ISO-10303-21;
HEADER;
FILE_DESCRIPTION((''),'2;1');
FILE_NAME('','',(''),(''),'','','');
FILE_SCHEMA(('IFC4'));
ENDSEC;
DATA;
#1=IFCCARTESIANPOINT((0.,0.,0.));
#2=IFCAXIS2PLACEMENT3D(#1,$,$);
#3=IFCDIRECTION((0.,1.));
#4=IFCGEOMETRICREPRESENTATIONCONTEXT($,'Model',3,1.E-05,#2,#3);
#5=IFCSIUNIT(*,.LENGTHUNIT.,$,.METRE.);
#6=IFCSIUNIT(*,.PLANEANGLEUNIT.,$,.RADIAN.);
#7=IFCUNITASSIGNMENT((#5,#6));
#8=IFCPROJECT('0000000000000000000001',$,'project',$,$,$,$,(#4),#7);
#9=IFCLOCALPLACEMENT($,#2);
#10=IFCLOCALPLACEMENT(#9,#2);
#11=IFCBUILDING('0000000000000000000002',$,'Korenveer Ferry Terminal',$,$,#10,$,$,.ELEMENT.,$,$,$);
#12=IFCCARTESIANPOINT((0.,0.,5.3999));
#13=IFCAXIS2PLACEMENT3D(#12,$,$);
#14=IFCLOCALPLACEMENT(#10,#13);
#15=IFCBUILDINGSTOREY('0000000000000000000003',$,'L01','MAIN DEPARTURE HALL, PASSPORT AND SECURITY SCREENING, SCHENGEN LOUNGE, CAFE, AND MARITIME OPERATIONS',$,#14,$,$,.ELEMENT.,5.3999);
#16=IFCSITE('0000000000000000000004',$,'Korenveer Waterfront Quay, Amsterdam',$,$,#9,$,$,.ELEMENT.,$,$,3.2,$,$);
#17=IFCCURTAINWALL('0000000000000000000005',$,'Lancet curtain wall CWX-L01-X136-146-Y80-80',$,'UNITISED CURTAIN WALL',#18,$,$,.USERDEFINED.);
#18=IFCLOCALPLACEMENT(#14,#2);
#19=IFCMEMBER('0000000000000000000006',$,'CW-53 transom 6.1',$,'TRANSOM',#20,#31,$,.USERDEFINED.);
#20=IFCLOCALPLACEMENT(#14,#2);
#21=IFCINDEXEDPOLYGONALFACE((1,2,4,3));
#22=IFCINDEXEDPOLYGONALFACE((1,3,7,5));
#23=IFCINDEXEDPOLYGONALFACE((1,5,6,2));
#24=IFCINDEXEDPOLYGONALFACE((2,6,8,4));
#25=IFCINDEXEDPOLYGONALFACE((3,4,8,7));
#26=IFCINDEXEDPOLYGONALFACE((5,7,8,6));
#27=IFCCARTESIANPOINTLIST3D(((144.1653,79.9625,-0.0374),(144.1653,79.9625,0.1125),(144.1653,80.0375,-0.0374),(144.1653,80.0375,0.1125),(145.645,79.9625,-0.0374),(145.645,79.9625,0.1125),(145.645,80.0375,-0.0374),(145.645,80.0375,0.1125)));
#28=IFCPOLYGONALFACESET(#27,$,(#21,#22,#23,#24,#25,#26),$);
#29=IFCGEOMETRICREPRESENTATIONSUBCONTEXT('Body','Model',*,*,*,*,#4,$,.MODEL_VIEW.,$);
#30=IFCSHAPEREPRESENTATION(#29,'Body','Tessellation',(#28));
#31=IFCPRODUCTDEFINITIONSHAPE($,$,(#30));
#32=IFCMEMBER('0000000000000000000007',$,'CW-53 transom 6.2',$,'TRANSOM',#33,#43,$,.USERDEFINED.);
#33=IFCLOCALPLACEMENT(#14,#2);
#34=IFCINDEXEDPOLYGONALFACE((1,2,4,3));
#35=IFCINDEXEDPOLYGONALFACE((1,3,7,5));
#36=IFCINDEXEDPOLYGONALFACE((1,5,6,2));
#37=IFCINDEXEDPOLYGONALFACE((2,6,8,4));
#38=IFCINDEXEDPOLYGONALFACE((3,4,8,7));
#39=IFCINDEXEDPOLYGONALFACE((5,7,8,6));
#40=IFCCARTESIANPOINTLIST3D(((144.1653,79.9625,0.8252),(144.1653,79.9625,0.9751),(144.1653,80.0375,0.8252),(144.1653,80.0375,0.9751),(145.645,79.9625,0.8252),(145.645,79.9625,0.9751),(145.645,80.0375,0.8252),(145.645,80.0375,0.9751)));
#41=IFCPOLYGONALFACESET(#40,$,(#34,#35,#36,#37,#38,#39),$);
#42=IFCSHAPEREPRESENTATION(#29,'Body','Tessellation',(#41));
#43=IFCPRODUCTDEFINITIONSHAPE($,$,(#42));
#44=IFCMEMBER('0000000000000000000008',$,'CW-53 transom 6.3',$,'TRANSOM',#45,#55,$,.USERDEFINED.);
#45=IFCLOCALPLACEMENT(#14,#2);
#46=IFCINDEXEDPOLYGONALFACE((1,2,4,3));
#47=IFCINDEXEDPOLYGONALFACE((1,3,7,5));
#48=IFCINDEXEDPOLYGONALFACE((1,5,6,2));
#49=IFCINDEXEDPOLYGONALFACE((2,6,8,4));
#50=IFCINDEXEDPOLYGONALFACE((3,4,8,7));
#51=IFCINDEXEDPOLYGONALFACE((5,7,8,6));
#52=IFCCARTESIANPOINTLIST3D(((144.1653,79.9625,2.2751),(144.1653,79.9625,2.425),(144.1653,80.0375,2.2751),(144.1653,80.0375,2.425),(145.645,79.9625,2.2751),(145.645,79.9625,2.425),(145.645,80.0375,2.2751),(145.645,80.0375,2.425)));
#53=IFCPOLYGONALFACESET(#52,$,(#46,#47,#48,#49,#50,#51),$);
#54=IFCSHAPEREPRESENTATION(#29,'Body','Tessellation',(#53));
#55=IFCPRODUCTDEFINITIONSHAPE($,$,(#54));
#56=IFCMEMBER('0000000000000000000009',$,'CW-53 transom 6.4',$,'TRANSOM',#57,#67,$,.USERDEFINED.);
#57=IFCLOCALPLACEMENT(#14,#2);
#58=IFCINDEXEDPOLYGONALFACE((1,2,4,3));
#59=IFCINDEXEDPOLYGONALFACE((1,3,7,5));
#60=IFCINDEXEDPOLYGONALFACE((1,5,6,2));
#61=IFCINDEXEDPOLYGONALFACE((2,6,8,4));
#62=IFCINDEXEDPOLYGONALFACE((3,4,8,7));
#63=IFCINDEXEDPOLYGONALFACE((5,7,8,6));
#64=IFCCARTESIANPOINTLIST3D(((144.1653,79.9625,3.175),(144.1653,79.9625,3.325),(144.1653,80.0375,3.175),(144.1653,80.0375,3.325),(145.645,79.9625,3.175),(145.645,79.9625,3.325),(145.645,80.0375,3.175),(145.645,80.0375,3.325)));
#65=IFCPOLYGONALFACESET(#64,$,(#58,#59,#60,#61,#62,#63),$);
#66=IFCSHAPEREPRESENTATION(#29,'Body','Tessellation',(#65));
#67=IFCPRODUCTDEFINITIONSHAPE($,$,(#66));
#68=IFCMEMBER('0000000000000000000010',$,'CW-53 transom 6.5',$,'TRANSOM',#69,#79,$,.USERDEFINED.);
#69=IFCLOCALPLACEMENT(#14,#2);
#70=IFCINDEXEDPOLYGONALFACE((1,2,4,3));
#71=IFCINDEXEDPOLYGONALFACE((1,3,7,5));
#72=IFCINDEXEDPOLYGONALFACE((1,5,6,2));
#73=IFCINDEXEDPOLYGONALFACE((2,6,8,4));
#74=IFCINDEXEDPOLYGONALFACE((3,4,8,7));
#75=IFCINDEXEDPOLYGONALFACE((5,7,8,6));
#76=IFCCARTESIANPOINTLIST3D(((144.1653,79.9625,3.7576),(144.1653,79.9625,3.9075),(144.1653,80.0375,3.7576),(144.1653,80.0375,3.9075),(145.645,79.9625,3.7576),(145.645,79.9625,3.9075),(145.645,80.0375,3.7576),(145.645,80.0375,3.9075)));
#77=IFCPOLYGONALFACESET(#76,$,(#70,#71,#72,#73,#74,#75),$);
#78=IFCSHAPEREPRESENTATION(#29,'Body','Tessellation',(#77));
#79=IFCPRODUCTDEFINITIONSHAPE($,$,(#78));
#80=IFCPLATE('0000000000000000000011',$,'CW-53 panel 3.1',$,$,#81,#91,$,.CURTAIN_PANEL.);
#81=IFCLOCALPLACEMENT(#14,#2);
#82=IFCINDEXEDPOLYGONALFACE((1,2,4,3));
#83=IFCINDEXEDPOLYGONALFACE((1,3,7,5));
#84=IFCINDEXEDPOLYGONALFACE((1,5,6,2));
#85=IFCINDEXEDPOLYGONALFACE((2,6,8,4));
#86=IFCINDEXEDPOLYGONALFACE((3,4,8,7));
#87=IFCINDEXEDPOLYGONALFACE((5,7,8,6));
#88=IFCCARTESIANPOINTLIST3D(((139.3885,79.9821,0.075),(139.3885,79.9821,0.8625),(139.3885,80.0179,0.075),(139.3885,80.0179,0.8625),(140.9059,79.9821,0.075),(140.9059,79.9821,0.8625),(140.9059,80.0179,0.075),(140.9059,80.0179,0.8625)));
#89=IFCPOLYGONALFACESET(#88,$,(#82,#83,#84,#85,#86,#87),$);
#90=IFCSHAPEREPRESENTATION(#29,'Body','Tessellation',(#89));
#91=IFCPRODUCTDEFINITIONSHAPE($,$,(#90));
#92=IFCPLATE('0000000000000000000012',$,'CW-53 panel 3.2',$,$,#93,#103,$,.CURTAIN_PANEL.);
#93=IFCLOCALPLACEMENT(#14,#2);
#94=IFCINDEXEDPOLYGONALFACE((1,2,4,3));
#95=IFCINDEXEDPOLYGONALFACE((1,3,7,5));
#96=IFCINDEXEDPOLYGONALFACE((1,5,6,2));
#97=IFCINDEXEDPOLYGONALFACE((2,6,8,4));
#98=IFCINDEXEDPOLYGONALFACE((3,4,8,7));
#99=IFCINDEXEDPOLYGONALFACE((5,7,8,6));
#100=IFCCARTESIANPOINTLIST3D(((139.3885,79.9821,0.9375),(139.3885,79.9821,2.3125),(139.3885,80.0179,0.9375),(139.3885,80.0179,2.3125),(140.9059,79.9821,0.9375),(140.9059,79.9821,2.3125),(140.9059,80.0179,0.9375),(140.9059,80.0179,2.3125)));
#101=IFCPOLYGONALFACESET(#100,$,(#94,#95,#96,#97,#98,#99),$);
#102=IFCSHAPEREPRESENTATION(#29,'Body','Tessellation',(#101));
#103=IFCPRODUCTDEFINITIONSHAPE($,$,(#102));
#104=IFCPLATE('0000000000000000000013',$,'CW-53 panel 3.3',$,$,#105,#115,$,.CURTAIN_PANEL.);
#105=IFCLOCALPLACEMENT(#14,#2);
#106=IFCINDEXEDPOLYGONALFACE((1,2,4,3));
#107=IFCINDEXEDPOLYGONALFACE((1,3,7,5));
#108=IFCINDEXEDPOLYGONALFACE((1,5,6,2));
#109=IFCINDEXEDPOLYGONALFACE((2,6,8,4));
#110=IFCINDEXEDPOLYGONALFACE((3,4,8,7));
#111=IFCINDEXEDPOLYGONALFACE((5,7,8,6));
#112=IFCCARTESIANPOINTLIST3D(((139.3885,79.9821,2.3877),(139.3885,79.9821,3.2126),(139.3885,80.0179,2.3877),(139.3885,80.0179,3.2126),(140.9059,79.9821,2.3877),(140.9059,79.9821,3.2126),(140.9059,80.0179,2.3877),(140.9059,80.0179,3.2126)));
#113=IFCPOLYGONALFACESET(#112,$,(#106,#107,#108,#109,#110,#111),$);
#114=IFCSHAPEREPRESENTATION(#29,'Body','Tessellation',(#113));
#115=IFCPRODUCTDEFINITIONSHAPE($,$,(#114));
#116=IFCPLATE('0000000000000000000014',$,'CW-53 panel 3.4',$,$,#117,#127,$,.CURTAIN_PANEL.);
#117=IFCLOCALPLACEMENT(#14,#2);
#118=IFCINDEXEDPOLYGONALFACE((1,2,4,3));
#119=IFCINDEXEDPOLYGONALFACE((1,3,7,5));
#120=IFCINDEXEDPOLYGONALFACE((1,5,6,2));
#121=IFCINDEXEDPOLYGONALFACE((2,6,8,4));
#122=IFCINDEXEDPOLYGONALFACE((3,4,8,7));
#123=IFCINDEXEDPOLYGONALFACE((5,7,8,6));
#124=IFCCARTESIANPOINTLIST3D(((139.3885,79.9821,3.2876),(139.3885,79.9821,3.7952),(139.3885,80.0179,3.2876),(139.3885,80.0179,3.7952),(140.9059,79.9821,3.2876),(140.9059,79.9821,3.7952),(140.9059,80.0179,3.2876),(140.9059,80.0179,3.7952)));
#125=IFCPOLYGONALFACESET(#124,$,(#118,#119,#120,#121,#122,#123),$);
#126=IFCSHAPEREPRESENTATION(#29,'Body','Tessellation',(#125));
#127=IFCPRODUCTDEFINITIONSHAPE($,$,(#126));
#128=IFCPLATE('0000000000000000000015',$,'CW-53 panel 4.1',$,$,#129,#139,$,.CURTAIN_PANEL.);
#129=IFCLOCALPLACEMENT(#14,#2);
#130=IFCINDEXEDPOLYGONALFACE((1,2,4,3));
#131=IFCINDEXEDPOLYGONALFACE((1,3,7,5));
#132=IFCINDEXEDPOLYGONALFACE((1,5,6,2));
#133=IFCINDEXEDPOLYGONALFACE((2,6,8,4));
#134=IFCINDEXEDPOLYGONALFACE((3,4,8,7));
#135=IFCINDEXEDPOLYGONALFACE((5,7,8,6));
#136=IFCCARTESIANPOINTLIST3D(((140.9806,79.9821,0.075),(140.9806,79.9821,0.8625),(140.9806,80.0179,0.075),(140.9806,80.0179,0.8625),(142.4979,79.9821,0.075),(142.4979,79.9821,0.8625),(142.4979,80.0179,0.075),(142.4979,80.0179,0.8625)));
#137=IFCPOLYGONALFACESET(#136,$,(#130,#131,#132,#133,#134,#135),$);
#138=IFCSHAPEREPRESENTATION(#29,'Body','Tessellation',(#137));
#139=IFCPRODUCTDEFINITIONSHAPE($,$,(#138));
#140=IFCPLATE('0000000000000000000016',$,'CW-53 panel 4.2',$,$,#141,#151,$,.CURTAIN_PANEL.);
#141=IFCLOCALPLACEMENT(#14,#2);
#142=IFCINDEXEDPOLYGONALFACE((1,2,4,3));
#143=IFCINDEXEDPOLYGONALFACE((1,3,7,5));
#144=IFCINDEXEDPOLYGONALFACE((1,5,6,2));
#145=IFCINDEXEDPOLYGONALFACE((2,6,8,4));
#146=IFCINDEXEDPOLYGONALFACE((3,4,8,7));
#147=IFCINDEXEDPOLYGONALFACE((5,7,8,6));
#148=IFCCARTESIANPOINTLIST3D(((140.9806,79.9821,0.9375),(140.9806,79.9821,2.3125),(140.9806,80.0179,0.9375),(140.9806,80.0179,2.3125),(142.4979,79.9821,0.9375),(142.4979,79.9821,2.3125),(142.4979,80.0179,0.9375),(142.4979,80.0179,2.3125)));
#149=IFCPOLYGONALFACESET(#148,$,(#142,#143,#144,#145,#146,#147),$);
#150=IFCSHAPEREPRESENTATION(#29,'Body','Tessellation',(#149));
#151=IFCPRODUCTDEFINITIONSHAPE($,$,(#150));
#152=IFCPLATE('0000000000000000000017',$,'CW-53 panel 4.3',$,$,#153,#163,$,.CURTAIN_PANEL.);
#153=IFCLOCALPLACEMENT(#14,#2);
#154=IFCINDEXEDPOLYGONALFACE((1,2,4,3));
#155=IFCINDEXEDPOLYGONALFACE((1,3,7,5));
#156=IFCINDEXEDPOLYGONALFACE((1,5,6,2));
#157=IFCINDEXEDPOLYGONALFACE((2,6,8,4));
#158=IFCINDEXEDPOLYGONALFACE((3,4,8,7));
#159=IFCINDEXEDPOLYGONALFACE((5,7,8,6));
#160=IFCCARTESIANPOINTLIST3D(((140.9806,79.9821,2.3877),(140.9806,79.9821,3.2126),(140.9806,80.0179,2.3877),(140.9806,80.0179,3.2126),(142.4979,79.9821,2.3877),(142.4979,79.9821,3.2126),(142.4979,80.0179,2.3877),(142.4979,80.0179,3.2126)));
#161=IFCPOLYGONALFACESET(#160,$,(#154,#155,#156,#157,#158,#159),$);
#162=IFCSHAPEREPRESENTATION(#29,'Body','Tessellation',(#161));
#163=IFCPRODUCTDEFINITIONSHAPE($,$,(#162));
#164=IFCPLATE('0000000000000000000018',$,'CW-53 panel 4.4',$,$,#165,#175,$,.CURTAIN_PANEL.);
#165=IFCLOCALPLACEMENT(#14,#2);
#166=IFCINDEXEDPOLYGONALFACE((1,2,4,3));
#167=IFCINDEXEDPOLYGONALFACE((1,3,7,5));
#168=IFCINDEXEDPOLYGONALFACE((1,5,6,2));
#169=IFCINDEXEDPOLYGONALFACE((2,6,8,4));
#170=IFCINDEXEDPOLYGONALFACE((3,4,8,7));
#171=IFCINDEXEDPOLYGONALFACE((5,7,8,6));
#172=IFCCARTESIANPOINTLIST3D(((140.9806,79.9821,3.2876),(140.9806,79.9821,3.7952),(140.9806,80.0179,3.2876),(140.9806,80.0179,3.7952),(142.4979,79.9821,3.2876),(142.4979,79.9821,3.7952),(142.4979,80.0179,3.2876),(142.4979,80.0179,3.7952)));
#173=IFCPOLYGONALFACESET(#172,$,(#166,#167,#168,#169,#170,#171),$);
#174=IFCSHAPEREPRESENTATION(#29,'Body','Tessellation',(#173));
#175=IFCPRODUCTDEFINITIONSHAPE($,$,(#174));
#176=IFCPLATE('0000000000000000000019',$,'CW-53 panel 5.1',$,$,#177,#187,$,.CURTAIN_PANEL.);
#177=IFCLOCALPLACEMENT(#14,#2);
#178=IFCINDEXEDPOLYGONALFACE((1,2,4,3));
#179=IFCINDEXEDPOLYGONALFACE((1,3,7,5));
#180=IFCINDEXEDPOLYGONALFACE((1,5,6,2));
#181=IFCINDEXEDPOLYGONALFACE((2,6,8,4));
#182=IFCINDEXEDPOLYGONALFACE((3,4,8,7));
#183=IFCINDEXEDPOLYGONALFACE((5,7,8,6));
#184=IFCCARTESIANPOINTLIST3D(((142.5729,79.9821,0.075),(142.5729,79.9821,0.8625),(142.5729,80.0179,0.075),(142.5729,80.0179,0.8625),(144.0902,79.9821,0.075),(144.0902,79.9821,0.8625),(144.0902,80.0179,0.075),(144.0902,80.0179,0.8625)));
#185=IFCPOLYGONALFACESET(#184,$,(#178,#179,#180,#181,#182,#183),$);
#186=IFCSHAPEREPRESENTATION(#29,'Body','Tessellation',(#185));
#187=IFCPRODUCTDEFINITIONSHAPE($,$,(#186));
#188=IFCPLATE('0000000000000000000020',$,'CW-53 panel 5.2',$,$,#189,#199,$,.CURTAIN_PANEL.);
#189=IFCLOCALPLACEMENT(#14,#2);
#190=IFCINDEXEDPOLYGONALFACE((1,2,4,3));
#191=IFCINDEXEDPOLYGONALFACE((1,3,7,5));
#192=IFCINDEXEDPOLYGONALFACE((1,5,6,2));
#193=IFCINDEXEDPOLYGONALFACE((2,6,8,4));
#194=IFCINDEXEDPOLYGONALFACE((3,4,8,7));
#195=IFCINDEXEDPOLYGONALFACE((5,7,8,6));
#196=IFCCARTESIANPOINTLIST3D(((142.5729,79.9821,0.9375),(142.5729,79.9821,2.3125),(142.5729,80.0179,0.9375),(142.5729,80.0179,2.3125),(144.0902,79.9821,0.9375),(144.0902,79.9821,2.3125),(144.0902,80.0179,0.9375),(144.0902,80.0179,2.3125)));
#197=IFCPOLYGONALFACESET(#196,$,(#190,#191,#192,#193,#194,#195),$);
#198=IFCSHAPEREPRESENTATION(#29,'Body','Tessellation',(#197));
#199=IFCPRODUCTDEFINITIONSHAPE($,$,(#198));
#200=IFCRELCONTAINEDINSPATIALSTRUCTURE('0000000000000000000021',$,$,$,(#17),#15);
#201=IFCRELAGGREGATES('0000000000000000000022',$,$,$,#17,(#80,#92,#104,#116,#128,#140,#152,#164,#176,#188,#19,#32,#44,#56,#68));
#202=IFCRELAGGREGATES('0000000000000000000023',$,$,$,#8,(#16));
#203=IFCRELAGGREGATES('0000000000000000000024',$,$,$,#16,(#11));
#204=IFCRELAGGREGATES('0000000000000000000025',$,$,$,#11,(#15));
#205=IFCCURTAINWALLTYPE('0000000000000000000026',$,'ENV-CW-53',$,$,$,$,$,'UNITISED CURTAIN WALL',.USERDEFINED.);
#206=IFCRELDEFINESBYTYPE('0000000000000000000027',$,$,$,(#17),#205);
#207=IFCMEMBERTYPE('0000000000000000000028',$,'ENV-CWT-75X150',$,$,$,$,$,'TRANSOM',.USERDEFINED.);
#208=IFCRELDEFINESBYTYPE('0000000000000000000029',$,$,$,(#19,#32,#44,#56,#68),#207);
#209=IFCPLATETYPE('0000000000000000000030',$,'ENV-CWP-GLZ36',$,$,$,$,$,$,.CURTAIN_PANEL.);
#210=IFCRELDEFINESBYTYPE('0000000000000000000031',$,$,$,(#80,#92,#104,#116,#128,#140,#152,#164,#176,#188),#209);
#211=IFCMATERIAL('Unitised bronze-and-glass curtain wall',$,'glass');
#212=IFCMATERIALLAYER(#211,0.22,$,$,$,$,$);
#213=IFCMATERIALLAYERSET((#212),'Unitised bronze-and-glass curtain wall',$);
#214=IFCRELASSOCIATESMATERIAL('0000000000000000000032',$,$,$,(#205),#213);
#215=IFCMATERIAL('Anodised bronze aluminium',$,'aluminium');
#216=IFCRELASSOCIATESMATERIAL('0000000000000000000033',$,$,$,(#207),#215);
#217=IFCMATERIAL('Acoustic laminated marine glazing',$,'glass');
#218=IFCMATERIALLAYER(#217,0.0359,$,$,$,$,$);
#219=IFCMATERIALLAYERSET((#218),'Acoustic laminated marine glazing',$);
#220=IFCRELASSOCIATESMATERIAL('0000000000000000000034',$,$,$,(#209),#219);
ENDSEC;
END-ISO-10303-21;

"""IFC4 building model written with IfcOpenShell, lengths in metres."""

from ifc_helpers import new_model, si_unit, direction, frame, origin, origin_2d, place, context, subcontext, project, spatial, rectangle, extrude, material, layer, layer_set, material_profile, profile_set, type_object, element, aggregate, save


model = new_model("IFC4")

# Units and contexts
model_context = context("Model", 3, precision=1e-05, world=origin(), true_north=direction((0.0, 1.0)))
body_context = subcontext(model_context, "Body", "Model", "MODEL_VIEW")
ifc_project = project(units=[si_unit("LENGTHUNIT", "METRE"), si_unit("PLANEANGLEUNIT", "RADIAN")], contexts=[model_context])

# Site, building, storey
site_placement = place(None, origin())
site = spatial("IfcSite", under=ifc_project, at=site_placement, Name="Korenveer Waterfront Quay, Amsterdam", CompositionType="ELEMENT", RefElevation=3.2)
building_placement = place(site_placement, origin())
building = spatial("IfcBuilding", under=site, at=building_placement, Name="Korenveer Ferry Terminal", CompositionType="ELEMENT")
storey_placement = place(building_placement, frame((0.0, 0.0, 5.3999)))
storey = spatial("IfcBuildingStorey", under=building, at=storey_placement, Name="L01", Description="MAIN DEPARTURE HALL, PASSPORT AND SECURITY SCREENING, SCHENGEN LOUNGE, CAFE, AND MARITIME OPERATIONS", CompositionType="ELEMENT", Elevation=5.3999)

# Curtain wall, members, plates
ifc_material_1 = material(Name="Unitised bronze-and-glass curtain wall", Category="glass")
ifc_layer_1 = layer(ifc_material_1, 0.22)
ifc_layer_set_1 = layer_set([ifc_layer_1], Name="Unitised bronze-and-glass curtain wall")
curtain_wall_type = type_object("IfcCurtainWallType", Name="ENV-CW-53", ElementType="UNITISED CURTAIN WALL", PredefinedType="USERDEFINED", material=ifc_layer_set_1)
curtain_wall_placement = place(storey_placement, frame((136.1665, 80.0, 0.0)))
curtain_wall = element("IfcCurtainWall", 1, at=curtain_wall_placement, inside=storey, type_object=curtain_wall_type, Name="Lancet curtain wall CWX-L01-X136-146-Y80-80", ObjectType="UNITISED CURTAIN WALL", PredefinedType="USERDEFINED")
ifc_material_2 = material(Name="Anodised bronze aluminium", Category="aluminium")
ifc_material_profile_1 = material_profile(ifc_material_2, rectangle(XDim=0.075, YDim=0.1499, at=origin_2d()), Name="ALU 75x150")
ifc_profile_set_1 = profile_set([ifc_material_profile_1], Name="Anodised bronze aluminium")
member_type_1 = type_object("IfcMemberType", Name="ENV-CWT-75X150", ElementType="TRANSOM", PredefinedType="USERDEFINED", material=ifc_profile_set_1)
member_1_placement = place(storey_placement, frame((144.1653, 80.0, 0.0376), z_axis=(1.0, 0.0, 0.0), x_axis=(0.0, 1.0, 0.0)))
member_1 = element("IfcMember", 2, at=member_1_placement, type_object=member_type_1, Name="CW-53 transom 6.1", ObjectType="TRANSOM", PredefinedType="USERDEFINED", context=body_context, shape_type="SweptSolid", body=[
    extrude(rectangle(XDim=0.075, YDim=0.1499, at=origin_2d()), origin(), (0.0, 0.0, 1.0), 1.4797),
])
member_2_placement = place(storey_placement, frame((144.1653, 80.0, 0.9001), z_axis=(1.0, 0.0, 0.0), x_axis=(0.0, 1.0, 0.0)))
member_2 = element("IfcMember", 3, at=member_2_placement, type_object=member_type_1, Name="CW-53 transom 6.2", ObjectType="TRANSOM", PredefinedType="USERDEFINED", context=body_context, shape_type="SweptSolid", body=[
    extrude(rectangle(XDim=0.075, YDim=0.1499, at=origin_2d()), origin(), (0.0, 0.0, 1.0), 1.4797),
])
member_3_placement = place(storey_placement, frame((144.1653, 80.0, 2.3501), z_axis=(1.0, 0.0, 0.0), x_axis=(0.0, 1.0, 0.0)))
member_3 = element("IfcMember", 4, at=member_3_placement, type_object=member_type_1, Name="CW-53 transom 6.3", ObjectType="TRANSOM", PredefinedType="USERDEFINED", context=body_context, shape_type="SweptSolid", body=[
    extrude(rectangle(XDim=0.075, YDim=0.1499, at=origin_2d()), origin(), (0.0, 0.0, 1.0), 1.4797),
])
member_4_placement = place(storey_placement, frame((144.1653, 80.0, 3.25), z_axis=(1.0, 0.0, 0.0), x_axis=(0.0, 1.0, 0.0)))
member_4 = element("IfcMember", 5, at=member_4_placement, type_object=member_type_1, Name="CW-53 transom 6.4", ObjectType="TRANSOM", PredefinedType="USERDEFINED", context=body_context, shape_type="SweptSolid", body=[
    extrude(rectangle(XDim=0.075, YDim=0.1499, at=origin_2d()), origin(), (0.0, 0.0, 1.0), 1.4797),
])
member_5_placement = place(storey_placement, frame((144.1653, 80.0, 3.8325), z_axis=(1.0, 0.0, 0.0), x_axis=(0.0, 1.0, 0.0)))
member_5 = element("IfcMember", 6, at=member_5_placement, type_object=member_type_1, Name="CW-53 transom 6.5", ObjectType="TRANSOM", PredefinedType="USERDEFINED", context=body_context, shape_type="SweptSolid", body=[
    extrude(rectangle(XDim=0.075, YDim=0.1499, at=origin_2d()), origin(), (0.0, 0.0, 1.0), 1.4797),
])
ifc_material_3 = material(Name="Acoustic laminated marine glazing", Category="glass")
ifc_layer_2 = layer(ifc_material_3, 0.0359)
ifc_layer_set_2 = layer_set([ifc_layer_2], Name="Acoustic laminated marine glazing")
plate_type = type_object("IfcPlateType", Name="ENV-CWP-GLZ36", PredefinedType="CURTAIN_PANEL", material=ifc_layer_set_2)
plate_1_placement = place(storey_placement, frame((140.1472, 80.0, 0.075), z_axis=(0.0, 0.0, 1.0), x_axis=(1.0, 0.0, 0.0)))
plate_1 = element("IfcPlate", 7, at=plate_1_placement, type_object=plate_type, Name="CW-53 panel 3.1", PredefinedType="CURTAIN_PANEL", context=body_context, shape_type="SweptSolid", body=[
    extrude(rectangle(XDim=1.5173, YDim=0.0359, at=origin_2d()), origin(), (0.0, 0.0, 1.0), 0.7876),
])
plate_2_placement = place(storey_placement, frame((140.1472, 80.0, 0.9375), z_axis=(0.0, 0.0, 1.0), x_axis=(1.0, 0.0, 0.0)))
plate_2 = element("IfcPlate", 8, at=plate_2_placement, type_object=plate_type, Name="CW-53 panel 3.2", PredefinedType="CURTAIN_PANEL", context=body_context, shape_type="SweptSolid", body=[
    extrude(rectangle(XDim=1.5173, YDim=0.0359, at=origin_2d()), origin(), (0.0, 0.0, 1.0), 1.375),
])
plate_3_placement = place(storey_placement, frame((140.1472, 80.0, 2.3877), z_axis=(0.0, 0.0, 1.0), x_axis=(1.0, 0.0, 0.0)))
plate_3 = element("IfcPlate", 9, at=plate_3_placement, type_object=plate_type, Name="CW-53 panel 3.3", PredefinedType="CURTAIN_PANEL", context=body_context, shape_type="SweptSolid", body=[
    extrude(rectangle(XDim=1.5173, YDim=0.0359, at=origin_2d()), origin(), (0.0, 0.0, 1.0), 0.825),
])
plate_4_placement = place(storey_placement, frame((140.1472, 80.0, 3.2876), z_axis=(0.0, 0.0, 1.0), x_axis=(1.0, 0.0, 0.0)))
plate_4 = element("IfcPlate", 10, at=plate_4_placement, type_object=plate_type, Name="CW-53 panel 3.4", PredefinedType="CURTAIN_PANEL", context=body_context, shape_type="SweptSolid", body=[
    extrude(rectangle(XDim=1.5173, YDim=0.0359, at=origin_2d()), origin(), (0.0, 0.0, 1.0), 0.5076),
])
plate_5_placement = place(storey_placement, frame((141.7393, 80.0, 0.075), z_axis=(0.0, 0.0, 1.0), x_axis=(1.0, 0.0, 0.0)))
plate_5 = element("IfcPlate", 11, at=plate_5_placement, type_object=plate_type, Name="CW-53 panel 4.1", PredefinedType="CURTAIN_PANEL", context=body_context, shape_type="SweptSolid", body=[
    extrude(rectangle(XDim=1.5173, YDim=0.0359, at=origin_2d()), origin(), (0.0, 0.0, 1.0), 0.7876),
])
plate_6_placement = place(storey_placement, frame((141.7393, 80.0, 0.9375), z_axis=(0.0, 0.0, 1.0), x_axis=(1.0, 0.0, 0.0)))
plate_6 = element("IfcPlate", 12, at=plate_6_placement, type_object=plate_type, Name="CW-53 panel 4.2", PredefinedType="CURTAIN_PANEL", context=body_context, shape_type="SweptSolid", body=[
    extrude(rectangle(XDim=1.5173, YDim=0.0359, at=origin_2d()), origin(), (0.0, 0.0, 1.0), 1.375),
])
plate_7_placement = place(storey_placement, frame((141.7393, 80.0, 2.3877), z_axis=(0.0, 0.0, 1.0), x_axis=(1.0, 0.0, 0.0)))
plate_7 = element("IfcPlate", 13, at=plate_7_placement, type_object=plate_type, Name="CW-53 panel 4.3", PredefinedType="CURTAIN_PANEL", context=body_context, shape_type="SweptSolid", body=[
    extrude(rectangle(XDim=1.5173, YDim=0.0359, at=origin_2d()), origin(), (0.0, 0.0, 1.0), 0.825),
])
plate_8_placement = place(storey_placement, frame((141.7393, 80.0, 3.2876), z_axis=(0.0, 0.0, 1.0), x_axis=(1.0, 0.0, 0.0)))
plate_8 = element("IfcPlate", 14, at=plate_8_placement, type_object=plate_type, Name="CW-53 panel 4.4", PredefinedType="CURTAIN_PANEL", context=body_context, shape_type="SweptSolid", body=[
    extrude(rectangle(XDim=1.5173, YDim=0.0359, at=origin_2d()), origin(), (0.0, 0.0, 1.0), 0.5076),
])
plate_9_placement = place(storey_placement, frame((143.3315, 80.0, 0.075), z_axis=(0.0, 0.0, 1.0), x_axis=(1.0, 0.0, 0.0)))
plate_9 = element("IfcPlate", 15, at=plate_9_placement, type_object=plate_type, Name="CW-53 panel 5.1", PredefinedType="CURTAIN_PANEL", context=body_context, shape_type="SweptSolid", body=[
    extrude(rectangle(XDim=1.5173, YDim=0.0359, at=origin_2d()), origin(), (0.0, 0.0, 1.0), 0.7876),
])
plate_10_placement = place(storey_placement, frame((143.3315, 80.0, 0.9375), z_axis=(0.0, 0.0, 1.0), x_axis=(1.0, 0.0, 0.0)))
plate_10 = element("IfcPlate", 16, at=plate_10_placement, type_object=plate_type, Name="CW-53 panel 5.2", PredefinedType="CURTAIN_PANEL", context=body_context, shape_type="SweptSolid", body=[
    extrude(rectangle(XDim=1.5173, YDim=0.0359, at=origin_2d()), origin(), (0.0, 0.0, 1.0), 1.375),
])
aggregate(curtain_wall, [plate_1, plate_2, plate_3, plate_4, plate_5, plate_6, plate_7, plate_8, plate_9, plate_10, member_1, member_2, member_3, member_4, member_5])

save(model, "model.ifc")
